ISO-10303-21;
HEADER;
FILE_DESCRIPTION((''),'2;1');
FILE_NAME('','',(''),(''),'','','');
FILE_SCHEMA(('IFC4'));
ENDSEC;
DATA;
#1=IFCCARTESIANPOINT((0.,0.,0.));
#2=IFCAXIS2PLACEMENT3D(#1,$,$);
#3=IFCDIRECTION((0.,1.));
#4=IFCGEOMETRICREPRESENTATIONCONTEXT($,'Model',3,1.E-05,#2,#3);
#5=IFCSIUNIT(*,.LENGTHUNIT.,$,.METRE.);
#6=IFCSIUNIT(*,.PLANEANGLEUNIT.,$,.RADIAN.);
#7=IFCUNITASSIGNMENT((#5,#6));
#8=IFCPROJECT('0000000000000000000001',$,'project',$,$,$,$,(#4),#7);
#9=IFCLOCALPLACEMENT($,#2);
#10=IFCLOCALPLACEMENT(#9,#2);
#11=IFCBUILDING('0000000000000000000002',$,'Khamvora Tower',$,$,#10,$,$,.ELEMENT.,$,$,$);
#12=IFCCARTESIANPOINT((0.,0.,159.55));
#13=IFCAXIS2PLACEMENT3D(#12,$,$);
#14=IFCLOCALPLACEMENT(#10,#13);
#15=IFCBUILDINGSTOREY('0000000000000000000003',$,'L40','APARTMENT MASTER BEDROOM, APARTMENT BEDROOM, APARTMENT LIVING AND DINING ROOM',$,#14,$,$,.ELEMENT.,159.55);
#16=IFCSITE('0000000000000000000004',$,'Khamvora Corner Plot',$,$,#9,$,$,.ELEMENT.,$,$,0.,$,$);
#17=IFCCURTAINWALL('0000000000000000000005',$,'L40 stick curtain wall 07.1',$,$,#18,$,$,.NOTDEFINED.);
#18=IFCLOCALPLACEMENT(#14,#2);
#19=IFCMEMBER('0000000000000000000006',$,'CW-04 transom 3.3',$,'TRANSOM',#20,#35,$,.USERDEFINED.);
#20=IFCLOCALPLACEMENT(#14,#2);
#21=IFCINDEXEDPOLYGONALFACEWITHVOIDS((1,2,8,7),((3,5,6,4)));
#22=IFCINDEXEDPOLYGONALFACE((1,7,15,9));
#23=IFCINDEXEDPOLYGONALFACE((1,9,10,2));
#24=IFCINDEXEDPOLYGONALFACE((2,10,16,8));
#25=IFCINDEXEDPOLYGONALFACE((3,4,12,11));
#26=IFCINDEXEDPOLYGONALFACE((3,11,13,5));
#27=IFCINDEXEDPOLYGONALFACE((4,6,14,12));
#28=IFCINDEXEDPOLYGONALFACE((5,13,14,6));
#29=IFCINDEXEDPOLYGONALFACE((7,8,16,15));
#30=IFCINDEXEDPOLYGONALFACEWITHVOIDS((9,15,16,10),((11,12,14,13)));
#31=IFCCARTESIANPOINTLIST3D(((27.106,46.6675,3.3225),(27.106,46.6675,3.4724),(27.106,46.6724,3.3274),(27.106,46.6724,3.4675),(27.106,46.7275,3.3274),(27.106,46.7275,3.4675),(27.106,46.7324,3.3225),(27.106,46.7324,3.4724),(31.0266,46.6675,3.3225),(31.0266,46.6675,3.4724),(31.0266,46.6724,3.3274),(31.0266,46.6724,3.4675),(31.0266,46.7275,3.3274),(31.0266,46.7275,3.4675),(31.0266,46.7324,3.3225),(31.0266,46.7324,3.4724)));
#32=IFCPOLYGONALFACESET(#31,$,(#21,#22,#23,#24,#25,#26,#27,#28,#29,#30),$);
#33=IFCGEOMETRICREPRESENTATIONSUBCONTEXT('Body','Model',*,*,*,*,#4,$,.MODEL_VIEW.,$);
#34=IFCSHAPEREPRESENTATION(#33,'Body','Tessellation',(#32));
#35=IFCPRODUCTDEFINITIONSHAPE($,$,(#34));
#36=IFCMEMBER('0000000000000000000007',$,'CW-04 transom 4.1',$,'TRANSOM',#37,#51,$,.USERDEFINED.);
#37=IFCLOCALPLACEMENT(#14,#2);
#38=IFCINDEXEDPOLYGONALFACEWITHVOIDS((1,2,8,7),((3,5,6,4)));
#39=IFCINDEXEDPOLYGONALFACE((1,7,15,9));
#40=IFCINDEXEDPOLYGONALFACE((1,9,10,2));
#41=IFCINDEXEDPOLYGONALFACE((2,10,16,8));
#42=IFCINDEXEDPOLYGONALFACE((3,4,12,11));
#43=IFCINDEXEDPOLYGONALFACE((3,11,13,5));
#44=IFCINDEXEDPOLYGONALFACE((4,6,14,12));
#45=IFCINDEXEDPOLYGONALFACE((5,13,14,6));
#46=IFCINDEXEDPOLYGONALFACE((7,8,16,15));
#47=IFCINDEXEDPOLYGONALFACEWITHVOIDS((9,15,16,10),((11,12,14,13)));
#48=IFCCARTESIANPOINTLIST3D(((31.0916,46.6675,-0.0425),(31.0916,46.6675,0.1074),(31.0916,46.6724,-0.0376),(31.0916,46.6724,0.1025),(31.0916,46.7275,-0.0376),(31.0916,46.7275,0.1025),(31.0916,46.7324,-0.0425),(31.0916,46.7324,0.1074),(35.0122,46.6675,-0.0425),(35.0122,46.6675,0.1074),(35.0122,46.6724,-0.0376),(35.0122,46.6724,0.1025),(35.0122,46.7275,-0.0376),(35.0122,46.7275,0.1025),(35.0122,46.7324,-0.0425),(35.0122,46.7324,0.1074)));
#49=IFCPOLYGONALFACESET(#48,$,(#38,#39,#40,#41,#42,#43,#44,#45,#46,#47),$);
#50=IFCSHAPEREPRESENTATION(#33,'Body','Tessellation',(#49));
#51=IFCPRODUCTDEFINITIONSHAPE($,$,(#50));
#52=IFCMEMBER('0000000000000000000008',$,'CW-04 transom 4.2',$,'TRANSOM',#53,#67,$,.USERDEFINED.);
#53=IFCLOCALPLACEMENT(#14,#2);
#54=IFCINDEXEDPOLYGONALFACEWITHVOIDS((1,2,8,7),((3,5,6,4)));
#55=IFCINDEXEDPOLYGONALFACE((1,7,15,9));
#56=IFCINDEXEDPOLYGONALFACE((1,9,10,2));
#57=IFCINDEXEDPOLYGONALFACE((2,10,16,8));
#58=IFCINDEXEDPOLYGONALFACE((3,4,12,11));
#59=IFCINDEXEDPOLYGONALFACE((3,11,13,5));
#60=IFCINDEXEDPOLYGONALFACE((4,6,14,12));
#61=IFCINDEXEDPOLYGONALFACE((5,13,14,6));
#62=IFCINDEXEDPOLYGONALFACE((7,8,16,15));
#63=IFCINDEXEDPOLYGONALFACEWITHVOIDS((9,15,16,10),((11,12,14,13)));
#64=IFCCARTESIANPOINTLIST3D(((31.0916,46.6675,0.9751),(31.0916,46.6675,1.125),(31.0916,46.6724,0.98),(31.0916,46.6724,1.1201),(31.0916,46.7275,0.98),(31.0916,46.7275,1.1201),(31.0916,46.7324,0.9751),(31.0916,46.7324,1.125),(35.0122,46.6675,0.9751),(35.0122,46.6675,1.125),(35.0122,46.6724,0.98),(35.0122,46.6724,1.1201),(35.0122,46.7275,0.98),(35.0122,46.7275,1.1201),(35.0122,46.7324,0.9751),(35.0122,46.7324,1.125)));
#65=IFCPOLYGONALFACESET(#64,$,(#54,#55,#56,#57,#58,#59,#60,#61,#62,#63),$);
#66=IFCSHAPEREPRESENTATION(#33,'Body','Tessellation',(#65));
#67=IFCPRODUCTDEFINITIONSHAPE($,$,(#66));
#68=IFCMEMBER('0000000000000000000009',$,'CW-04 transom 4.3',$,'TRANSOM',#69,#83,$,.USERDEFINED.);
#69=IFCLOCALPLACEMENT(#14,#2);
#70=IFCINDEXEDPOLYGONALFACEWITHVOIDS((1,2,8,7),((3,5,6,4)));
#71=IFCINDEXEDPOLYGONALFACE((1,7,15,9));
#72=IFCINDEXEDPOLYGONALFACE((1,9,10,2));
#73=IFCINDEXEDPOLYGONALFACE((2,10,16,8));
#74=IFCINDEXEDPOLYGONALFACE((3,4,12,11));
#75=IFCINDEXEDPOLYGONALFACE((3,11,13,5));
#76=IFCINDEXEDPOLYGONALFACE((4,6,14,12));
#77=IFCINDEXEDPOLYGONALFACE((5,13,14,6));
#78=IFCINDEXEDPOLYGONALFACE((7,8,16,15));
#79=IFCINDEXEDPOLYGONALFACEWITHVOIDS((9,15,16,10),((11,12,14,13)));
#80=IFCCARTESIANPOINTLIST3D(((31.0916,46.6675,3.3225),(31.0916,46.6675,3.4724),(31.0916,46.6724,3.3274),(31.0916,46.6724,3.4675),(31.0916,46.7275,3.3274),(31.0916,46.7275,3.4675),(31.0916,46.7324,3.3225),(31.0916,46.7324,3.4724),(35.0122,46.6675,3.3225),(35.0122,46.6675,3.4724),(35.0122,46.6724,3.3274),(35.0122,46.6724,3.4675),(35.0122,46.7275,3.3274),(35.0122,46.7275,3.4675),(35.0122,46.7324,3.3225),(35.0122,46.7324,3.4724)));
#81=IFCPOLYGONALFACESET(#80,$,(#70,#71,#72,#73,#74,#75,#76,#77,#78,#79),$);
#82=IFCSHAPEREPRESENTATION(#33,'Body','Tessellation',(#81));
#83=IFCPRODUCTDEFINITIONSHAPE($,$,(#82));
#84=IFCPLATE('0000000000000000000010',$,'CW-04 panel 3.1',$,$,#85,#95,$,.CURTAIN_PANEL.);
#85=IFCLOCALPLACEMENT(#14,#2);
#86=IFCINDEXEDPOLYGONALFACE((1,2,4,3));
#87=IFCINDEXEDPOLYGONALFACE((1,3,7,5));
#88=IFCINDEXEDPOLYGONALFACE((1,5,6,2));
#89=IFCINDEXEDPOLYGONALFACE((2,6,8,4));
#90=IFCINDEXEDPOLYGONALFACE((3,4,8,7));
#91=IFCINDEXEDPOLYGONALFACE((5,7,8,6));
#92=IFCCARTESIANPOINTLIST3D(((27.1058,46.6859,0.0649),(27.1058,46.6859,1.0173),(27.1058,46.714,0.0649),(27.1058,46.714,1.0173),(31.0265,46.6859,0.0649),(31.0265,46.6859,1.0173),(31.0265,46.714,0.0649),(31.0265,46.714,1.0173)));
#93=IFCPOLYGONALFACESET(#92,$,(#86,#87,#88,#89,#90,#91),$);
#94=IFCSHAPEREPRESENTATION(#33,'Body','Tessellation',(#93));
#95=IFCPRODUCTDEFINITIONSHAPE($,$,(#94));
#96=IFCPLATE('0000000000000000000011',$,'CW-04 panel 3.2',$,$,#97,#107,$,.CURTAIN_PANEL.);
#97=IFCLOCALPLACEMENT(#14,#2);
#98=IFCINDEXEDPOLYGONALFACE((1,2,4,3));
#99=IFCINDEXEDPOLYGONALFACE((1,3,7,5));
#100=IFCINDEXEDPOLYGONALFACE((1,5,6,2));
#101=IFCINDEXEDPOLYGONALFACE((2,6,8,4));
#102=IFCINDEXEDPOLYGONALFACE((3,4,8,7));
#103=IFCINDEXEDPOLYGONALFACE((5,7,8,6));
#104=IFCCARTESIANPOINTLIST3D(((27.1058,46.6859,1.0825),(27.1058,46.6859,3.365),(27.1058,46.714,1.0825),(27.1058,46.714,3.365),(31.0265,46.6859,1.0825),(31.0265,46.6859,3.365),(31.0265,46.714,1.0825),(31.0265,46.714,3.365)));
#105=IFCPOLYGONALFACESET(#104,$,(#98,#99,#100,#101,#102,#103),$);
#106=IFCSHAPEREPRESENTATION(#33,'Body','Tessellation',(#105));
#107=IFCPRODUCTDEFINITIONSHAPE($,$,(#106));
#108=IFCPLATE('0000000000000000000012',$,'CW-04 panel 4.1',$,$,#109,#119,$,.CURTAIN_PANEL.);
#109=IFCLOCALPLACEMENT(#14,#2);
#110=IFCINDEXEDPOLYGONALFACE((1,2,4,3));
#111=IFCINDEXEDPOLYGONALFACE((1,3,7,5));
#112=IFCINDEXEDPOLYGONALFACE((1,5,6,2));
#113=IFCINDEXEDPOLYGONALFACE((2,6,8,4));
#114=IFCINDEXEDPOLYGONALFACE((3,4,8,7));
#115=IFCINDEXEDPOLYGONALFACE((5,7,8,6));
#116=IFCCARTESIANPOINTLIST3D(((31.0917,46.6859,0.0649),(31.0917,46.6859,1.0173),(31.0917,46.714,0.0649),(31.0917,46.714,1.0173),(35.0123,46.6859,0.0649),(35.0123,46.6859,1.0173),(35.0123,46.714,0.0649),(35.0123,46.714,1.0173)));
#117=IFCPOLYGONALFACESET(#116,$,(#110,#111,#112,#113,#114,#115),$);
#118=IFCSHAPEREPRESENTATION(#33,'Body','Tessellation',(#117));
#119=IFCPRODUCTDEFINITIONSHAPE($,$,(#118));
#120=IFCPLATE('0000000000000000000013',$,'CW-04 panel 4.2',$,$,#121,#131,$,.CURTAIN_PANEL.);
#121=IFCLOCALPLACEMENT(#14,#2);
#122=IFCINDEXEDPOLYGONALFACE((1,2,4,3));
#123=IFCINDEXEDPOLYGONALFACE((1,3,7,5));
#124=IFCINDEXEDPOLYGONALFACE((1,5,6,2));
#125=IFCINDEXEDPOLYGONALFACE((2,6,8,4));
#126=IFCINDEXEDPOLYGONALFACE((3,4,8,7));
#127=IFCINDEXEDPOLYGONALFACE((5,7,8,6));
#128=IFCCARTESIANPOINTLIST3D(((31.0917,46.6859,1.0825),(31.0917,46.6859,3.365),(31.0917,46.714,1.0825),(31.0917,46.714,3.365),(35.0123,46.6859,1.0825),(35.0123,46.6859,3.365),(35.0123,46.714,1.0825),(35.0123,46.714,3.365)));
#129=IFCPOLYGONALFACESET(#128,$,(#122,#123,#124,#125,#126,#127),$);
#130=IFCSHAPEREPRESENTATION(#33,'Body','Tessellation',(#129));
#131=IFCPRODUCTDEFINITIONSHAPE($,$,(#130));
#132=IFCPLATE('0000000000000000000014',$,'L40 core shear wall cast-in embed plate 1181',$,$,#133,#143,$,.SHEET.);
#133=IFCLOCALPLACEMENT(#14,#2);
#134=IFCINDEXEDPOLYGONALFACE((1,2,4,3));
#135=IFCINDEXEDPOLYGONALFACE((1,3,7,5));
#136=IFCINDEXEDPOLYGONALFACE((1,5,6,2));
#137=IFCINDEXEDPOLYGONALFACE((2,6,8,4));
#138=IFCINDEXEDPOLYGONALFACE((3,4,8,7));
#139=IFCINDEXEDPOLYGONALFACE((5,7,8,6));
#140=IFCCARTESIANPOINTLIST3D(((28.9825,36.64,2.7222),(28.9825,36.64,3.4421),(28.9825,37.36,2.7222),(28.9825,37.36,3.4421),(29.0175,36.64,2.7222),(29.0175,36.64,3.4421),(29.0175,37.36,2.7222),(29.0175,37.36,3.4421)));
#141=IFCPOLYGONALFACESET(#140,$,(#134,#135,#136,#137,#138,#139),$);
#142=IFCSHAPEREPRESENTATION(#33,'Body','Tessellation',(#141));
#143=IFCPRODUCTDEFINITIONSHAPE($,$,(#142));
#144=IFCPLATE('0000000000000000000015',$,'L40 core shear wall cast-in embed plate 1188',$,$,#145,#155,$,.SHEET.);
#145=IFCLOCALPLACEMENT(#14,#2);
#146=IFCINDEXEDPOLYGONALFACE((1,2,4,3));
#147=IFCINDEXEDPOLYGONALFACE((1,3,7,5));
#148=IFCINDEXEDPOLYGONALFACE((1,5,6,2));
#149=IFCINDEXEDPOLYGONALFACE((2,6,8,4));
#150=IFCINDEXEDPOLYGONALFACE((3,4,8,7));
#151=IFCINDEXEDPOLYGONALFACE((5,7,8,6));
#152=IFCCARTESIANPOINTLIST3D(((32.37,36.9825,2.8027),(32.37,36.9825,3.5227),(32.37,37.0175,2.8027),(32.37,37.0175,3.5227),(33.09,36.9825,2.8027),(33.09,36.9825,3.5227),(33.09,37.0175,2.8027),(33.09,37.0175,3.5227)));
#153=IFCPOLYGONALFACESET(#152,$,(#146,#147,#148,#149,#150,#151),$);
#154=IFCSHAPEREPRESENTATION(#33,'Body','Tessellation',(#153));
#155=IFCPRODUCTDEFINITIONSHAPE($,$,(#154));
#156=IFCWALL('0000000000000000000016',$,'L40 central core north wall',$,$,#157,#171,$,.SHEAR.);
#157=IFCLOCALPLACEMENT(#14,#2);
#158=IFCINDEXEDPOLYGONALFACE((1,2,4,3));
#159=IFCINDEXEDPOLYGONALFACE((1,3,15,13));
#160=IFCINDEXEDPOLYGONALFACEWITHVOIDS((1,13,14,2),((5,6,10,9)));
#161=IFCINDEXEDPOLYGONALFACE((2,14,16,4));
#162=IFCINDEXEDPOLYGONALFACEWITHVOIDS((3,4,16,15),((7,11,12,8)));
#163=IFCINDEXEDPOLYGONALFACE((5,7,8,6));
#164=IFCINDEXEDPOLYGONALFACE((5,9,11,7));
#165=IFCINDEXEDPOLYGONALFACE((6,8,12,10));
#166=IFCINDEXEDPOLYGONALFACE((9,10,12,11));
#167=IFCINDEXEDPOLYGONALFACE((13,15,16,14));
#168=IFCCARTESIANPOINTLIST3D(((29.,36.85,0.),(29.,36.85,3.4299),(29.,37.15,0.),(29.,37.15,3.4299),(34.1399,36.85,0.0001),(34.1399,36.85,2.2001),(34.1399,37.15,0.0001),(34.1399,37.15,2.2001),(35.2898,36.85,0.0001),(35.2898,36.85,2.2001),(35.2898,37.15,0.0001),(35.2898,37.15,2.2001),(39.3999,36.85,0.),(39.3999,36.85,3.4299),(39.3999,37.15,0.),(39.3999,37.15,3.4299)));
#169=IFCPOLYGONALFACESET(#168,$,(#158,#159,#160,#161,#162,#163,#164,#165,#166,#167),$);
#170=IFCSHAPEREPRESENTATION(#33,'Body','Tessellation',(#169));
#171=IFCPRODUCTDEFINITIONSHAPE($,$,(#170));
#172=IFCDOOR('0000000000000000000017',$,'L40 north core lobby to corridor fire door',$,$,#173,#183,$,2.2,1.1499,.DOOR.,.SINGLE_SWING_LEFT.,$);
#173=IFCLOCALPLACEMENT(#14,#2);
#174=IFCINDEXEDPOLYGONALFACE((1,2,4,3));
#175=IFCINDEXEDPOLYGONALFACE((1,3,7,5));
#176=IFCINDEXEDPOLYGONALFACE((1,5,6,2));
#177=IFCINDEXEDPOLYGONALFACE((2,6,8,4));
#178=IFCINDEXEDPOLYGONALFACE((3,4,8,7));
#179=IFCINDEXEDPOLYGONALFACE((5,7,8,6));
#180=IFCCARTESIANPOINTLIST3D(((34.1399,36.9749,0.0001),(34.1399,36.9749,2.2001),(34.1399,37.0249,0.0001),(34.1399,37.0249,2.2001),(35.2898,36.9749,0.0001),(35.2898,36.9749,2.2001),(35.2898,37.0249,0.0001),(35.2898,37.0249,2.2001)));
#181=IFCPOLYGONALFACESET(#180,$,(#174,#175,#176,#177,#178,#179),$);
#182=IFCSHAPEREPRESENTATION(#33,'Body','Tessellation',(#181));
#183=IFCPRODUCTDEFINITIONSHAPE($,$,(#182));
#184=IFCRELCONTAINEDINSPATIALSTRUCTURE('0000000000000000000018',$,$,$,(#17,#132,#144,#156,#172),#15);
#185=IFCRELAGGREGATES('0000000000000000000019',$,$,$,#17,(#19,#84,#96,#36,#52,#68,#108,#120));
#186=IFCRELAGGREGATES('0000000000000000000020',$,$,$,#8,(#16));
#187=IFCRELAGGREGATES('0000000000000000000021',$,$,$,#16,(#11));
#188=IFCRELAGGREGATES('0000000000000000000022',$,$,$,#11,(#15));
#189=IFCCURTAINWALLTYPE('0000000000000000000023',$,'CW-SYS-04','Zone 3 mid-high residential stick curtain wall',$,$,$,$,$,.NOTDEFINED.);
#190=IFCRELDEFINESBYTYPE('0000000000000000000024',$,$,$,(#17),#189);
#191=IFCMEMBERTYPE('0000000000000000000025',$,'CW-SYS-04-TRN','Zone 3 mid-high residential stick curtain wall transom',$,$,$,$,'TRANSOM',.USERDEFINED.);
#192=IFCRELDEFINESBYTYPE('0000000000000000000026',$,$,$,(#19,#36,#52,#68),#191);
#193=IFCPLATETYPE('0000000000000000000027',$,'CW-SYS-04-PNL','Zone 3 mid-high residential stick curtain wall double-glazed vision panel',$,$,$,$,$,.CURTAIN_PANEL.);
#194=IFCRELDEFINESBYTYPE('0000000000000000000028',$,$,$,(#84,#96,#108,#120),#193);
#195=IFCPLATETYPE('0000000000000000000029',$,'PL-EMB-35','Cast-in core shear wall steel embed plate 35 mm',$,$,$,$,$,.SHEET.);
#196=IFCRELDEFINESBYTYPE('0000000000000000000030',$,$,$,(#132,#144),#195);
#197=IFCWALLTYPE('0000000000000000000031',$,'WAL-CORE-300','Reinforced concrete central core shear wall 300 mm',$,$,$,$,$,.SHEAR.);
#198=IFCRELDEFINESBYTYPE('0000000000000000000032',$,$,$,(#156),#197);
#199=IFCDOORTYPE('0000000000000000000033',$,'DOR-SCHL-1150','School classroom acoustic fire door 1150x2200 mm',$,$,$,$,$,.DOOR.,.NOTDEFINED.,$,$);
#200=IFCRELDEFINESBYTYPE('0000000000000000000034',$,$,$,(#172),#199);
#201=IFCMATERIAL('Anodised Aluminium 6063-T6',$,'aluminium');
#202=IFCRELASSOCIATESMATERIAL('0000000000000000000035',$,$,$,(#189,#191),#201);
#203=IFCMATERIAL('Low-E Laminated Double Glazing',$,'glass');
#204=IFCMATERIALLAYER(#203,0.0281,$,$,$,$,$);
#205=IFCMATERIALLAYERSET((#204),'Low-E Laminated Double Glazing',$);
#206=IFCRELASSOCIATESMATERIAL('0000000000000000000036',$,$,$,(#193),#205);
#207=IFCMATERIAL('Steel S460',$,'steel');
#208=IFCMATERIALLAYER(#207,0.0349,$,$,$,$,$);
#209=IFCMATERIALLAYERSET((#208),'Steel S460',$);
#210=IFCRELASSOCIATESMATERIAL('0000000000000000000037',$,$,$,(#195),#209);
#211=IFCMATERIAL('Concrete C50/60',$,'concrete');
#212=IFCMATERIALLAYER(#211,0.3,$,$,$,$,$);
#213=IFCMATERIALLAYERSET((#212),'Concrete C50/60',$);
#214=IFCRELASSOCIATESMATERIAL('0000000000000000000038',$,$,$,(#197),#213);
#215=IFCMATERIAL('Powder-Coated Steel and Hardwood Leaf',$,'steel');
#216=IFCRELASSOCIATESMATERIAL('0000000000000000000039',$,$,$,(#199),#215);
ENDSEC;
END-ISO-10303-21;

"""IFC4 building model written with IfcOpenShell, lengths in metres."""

from ifc_helpers import new_model, si_unit, direction, frame, frame_2d, origin, origin_2d, place, context, subcontext, project, spatial, rectangle, hollow_rectangle, extrude, material, layer, layer_set, material_profile, profile_set, type_object, element, fill, aggregate, save


model = new_model("IFC4")

# Units and contexts
model_context = context("Model", 3, precision=1e-05, world=origin(), true_north=direction((0.0, 1.0)))
body_context = subcontext(model_context, "Body", "Model", "MODEL_VIEW")
ifc_project = project(units=[si_unit("LENGTHUNIT", "METRE"), si_unit("PLANEANGLEUNIT", "RADIAN")], contexts=[model_context])

# Site, building, storey
site_placement = place(None, origin())
site = spatial("IfcSite", under=ifc_project, at=site_placement, Name="Khamvora Corner Plot", CompositionType="ELEMENT", RefElevation=0.0)
building_placement = place(site_placement, origin())
building = spatial("IfcBuilding", under=site, at=building_placement, Name="Khamvora Tower", CompositionType="ELEMENT")
storey_placement = place(building_placement, frame((0.0, 0.0, 159.55)))
storey = spatial("IfcBuildingStorey", under=building, at=storey_placement, Name="L40", Description="APARTMENT MASTER BEDROOM, APARTMENT BEDROOM, APARTMENT LIVING AND DINING ROOM", CompositionType="ELEMENT", Elevation=159.55)

# Curtain wall, members, plates
ifc_material_1 = material(Name="Anodised Aluminium 6063-T6", Category="aluminium")
curtain_wall_type = type_object("IfcCurtainWallType", Name="CW-SYS-04", Description="Zone 3 mid-high residential stick curtain wall", PredefinedType="NOTDEFINED", material=ifc_material_1)
curtain_wall_placement = place(storey_placement, origin())
curtain_wall = element("IfcCurtainWall", 1, at=curtain_wall_placement, inside=storey, type_object=curtain_wall_type, Name="L40 stick curtain wall 07.1", PredefinedType="NOTDEFINED")
ifc_material_profile_1 = material_profile(ifc_material_1, hollow_rectangle(XDim=0.0649, YDim=0.1499, WallThickness=0.0049, at=origin_2d()), Name="TRN65x150x5")
ifc_profile_set_1 = profile_set([ifc_material_profile_1], Name="Anodised Aluminium 6063-T6")
member_type_1 = type_object("IfcMemberType", Name="CW-SYS-04-TRN", Description="Zone 3 mid-high residential stick curtain wall transom", ElementType="TRANSOM", PredefinedType="USERDEFINED", material=ifc_profile_set_1)
member_1_placement = place(storey_placement, frame((27.106, 46.7, 3.3975), z_axis=(1.0, 0.0, 0.0), x_axis=(0.0, 1.0, 0.0)))
member_1 = element("IfcMember", 2, at=member_1_placement, type_object=member_type_1, Name="CW-04 transom 3.3", ObjectType="TRANSOM", PredefinedType="USERDEFINED", context=body_context, shape_type="SweptSolid", body=[
    extrude(hollow_rectangle(XDim=0.0649, YDim=0.1499, WallThickness=0.0049, at=origin_2d()), origin(), (0.0, 0.0, 1.0), 3.9207),
])
member_2_placement = place(storey_placement, frame((31.0916, 46.7, 0.0325), z_axis=(1.0, 0.0, 0.0), x_axis=(0.0, 1.0, 0.0)))
member_2 = element("IfcMember", 3, at=member_2_placement, type_object=member_type_1, Name="CW-04 transom 4.1", ObjectType="TRANSOM", PredefinedType="USERDEFINED", context=body_context, shape_type="SweptSolid", body=[
    extrude(hollow_rectangle(XDim=0.0649, YDim=0.1499, WallThickness=0.0049, at=origin_2d()), origin(), (0.0, 0.0, 1.0), 3.9207),
])
member_3_placement = place(storey_placement, frame((31.0916, 46.7, 1.05), z_axis=(1.0, 0.0, 0.0), x_axis=(0.0, 1.0, 0.0)))
member_3 = element("IfcMember", 4, at=member_3_placement, type_object=member_type_1, Name="CW-04 transom 4.2", ObjectType="TRANSOM", PredefinedType="USERDEFINED", context=body_context, shape_type="SweptSolid", body=[
    extrude(hollow_rectangle(XDim=0.0649, YDim=0.1499, WallThickness=0.0049, at=origin_2d()), origin(), (0.0, 0.0, 1.0), 3.9207),
])
member_4_placement = place(storey_placement, frame((31.0916, 46.7, 3.3975), z_axis=(1.0, 0.0, 0.0), x_axis=(0.0, 1.0, 0.0)))
member_4 = element("IfcMember", 5, at=member_4_placement, type_object=member_type_1, Name="CW-04 transom 4.3", ObjectType="TRANSOM", PredefinedType="USERDEFINED", context=body_context, shape_type="SweptSolid", body=[
    extrude(hollow_rectangle(XDim=0.0649, YDim=0.1499, WallThickness=0.0049, at=origin_2d()), origin(), (0.0, 0.0, 1.0), 3.9207),
])
ifc_material_2 = material(Name="Low-E Laminated Double Glazing", Category="glass")
ifc_layer_1 = layer(ifc_material_2, 0.0281)
ifc_layer_set_1 = layer_set([ifc_layer_1], Name="Low-E Laminated Double Glazing")
plate_type_1 = type_object("IfcPlateType", Name="CW-SYS-04-PNL", Description="Zone 3 mid-high residential stick curtain wall double-glazed vision panel", PredefinedType="CURTAIN_PANEL", material=ifc_layer_set_1)
plate_1_placement = place(storey_placement, frame((29.0662, 46.7, 0.0649), z_axis=(0.0, 0.0, 1.0), x_axis=(1.0, 0.0, 0.0)))
plate_1 = element("IfcPlate", 6, at=plate_1_placement, type_object=plate_type_1, Name="CW-04 panel 3.1", PredefinedType="CURTAIN_PANEL", context=body_context, shape_type="SweptSolid", body=[
    extrude(rectangle(XDim=3.9207, YDim=0.0281, at=origin_2d()), origin(), (0.0, 0.0, 1.0), 0.9524),
])
plate_2_placement = place(storey_placement, frame((29.0662, 46.7, 1.0825), z_axis=(0.0, 0.0, 1.0), x_axis=(1.0, 0.0, 0.0)))
plate_2 = element("IfcPlate", 7, at=plate_2_placement, type_object=plate_type_1, Name="CW-04 panel 3.2", PredefinedType="CURTAIN_PANEL", context=body_context, shape_type="SweptSolid", body=[
    extrude(rectangle(XDim=3.9207, YDim=0.0281, at=origin_2d()), origin(), (0.0, 0.0, 1.0), 2.2825),
])
plate_3_placement = place(storey_placement, frame((33.052, 46.7, 0.0649), z_axis=(0.0, 0.0, 1.0), x_axis=(1.0, 0.0, 0.0)))
plate_3 = element("IfcPlate", 8, at=plate_3_placement, type_object=plate_type_1, Name="CW-04 panel 4.1", PredefinedType="CURTAIN_PANEL", context=body_context, shape_type="SweptSolid", body=[
    extrude(rectangle(XDim=3.9207, YDim=0.0281, at=origin_2d()), origin(), (0.0, 0.0, 1.0), 0.9524),
])
plate_4_placement = place(storey_placement, frame((33.052, 46.7, 1.0825), z_axis=(0.0, 0.0, 1.0), x_axis=(1.0, 0.0, 0.0)))
plate_4 = element("IfcPlate", 9, at=plate_4_placement, type_object=plate_type_1, Name="CW-04 panel 4.2", PredefinedType="CURTAIN_PANEL", context=body_context, shape_type="SweptSolid", body=[
    extrude(rectangle(XDim=3.9207, YDim=0.0281, at=origin_2d()), origin(), (0.0, 0.0, 1.0), 2.2825),
])
aggregate(curtain_wall, [member_1, plate_1, plate_2, member_2, member_3, member_4, plate_3, plate_4])

# Plates
ifc_material_3 = material(Name="Steel S460", Category="steel")
ifc_layer_2 = layer(ifc_material_3, 0.0349)
ifc_layer_set_2 = layer_set([ifc_layer_2], Name="Steel S460")
plate_type_2 = type_object("IfcPlateType", Name="PL-EMB-35", Description="Cast-in core shear wall steel embed plate 35 mm", PredefinedType="SHEET", material=ifc_layer_set_2)
plate_5_placement = place(storey_placement, frame((29.0, 37.0, 2.7222), z_axis=(0.0, 0.0, 1.0), x_axis=(1.0, 0.0, 0.0)))
element("IfcPlate", 10, at=plate_5_placement, inside=storey, type_object=plate_type_2, Name="L40 core shear wall cast-in embed plate 1181", PredefinedType="SHEET", context=body_context, shape_type="SweptSolid", body=[
    extrude(rectangle(XDim=0.0349, YDim=0.72, at=origin_2d()), origin(), (0.0, 0.0, 1.0), 0.72),
])
plate_6_placement = place(storey_placement, frame((32.73, 37.0, 2.8027), z_axis=(0.0, 0.0, 1.0), x_axis=(1.0, 0.0, 0.0)))
element("IfcPlate", 11, at=plate_6_placement, inside=storey, type_object=plate_type_2, Name="L40 core shear wall cast-in embed plate 1188", PredefinedType="SHEET", context=body_context, shape_type="SweptSolid", body=[
    extrude(rectangle(XDim=0.72, YDim=0.0349, at=origin_2d()), origin(), (0.0, 0.0, 1.0), 0.72),
])

# Wall, opening, door
ifc_material_4 = material(Name="Concrete C50/60", Category="concrete")
ifc_layer_3 = layer(ifc_material_4, 0.3)
ifc_layer_set_3 = layer_set([ifc_layer_3], Name="Concrete C50/60")
wall_type_1 = type_object("IfcWallType", Name="WAL-CORE-300", Description="Reinforced concrete central core shear wall 300 mm", PredefinedType="SHEAR", material=ifc_layer_set_3)
wall_1_placement = place(storey_placement, frame((29.0, 37.0, 0.0), z_axis=(0.0, 0.0, 1.0), x_axis=(1.0, 0.0, 0.0)))
wall_1 = element("IfcWall", 12, at=wall_1_placement, inside=storey, type_object=wall_type_1, Name="L40 central core north wall", PredefinedType="SHEAR", context=body_context, shape_type="SweptSolid", body=[
    extrude(rectangle(XDim=10.3999, YDim=0.3, at=frame_2d((5.2, 0.0))), origin(), (0.0, 0.0, 1.0), 3.4299),
])
opening_1_placement = place(wall_1_placement, frame((5.1399, 0.0, 0.0)))
opening_1 = element("IfcOpeningElement", 13, at=opening_1_placement, cuts=wall_1, PredefinedType="OPENING", context=body_context, shape_type="SweptSolid", body=[
    extrude(rectangle(XDim=1.1499, YDim=2.2, at=frame_2d((0.575, 1.1001))), frame((0.0, 0.1599, 0.0), z_axis=(0.0, -1.0, 0.0), x_axis=(1.0, 0.0, 0.0)), (0.0, 0.0, 1.0), 0.3201),
])
ifc_material_5 = material(Name="Powder-Coated Steel and Hardwood Leaf", Category="steel")
door_type_1 = type_object("IfcDoorType", Name="DOR-SCHL-1150", Description="School classroom acoustic fire door 1150x2200 mm", OperationType="NOTDEFINED", PredefinedType="DOOR", material=ifc_material_5)
door_1_placement = place(opening_1_placement, origin())
door_1 = element("IfcDoor", 14, at=door_1_placement, inside=storey, type_object=door_type_1, Name="L40 north core lobby to corridor fire door", OperationType="SINGLE_SWING_LEFT", OverallHeight=2.2, OverallWidth=1.1499, PredefinedType="DOOR", context=body_context, shape_type="SweptSolid", body=[
    extrude(rectangle(XDim=1.1499, YDim=2.2, at=frame_2d((0.575, 1.1001))), frame((0.0, 0.0249, 0.0), z_axis=(0.0, -1.0, 0.0), x_axis=(1.0, 0.0, 0.0)), (0.0, 0.0, 1.0), 0.05),
])
fill(opening_1, door_1)

save(model, "model.ifc")
